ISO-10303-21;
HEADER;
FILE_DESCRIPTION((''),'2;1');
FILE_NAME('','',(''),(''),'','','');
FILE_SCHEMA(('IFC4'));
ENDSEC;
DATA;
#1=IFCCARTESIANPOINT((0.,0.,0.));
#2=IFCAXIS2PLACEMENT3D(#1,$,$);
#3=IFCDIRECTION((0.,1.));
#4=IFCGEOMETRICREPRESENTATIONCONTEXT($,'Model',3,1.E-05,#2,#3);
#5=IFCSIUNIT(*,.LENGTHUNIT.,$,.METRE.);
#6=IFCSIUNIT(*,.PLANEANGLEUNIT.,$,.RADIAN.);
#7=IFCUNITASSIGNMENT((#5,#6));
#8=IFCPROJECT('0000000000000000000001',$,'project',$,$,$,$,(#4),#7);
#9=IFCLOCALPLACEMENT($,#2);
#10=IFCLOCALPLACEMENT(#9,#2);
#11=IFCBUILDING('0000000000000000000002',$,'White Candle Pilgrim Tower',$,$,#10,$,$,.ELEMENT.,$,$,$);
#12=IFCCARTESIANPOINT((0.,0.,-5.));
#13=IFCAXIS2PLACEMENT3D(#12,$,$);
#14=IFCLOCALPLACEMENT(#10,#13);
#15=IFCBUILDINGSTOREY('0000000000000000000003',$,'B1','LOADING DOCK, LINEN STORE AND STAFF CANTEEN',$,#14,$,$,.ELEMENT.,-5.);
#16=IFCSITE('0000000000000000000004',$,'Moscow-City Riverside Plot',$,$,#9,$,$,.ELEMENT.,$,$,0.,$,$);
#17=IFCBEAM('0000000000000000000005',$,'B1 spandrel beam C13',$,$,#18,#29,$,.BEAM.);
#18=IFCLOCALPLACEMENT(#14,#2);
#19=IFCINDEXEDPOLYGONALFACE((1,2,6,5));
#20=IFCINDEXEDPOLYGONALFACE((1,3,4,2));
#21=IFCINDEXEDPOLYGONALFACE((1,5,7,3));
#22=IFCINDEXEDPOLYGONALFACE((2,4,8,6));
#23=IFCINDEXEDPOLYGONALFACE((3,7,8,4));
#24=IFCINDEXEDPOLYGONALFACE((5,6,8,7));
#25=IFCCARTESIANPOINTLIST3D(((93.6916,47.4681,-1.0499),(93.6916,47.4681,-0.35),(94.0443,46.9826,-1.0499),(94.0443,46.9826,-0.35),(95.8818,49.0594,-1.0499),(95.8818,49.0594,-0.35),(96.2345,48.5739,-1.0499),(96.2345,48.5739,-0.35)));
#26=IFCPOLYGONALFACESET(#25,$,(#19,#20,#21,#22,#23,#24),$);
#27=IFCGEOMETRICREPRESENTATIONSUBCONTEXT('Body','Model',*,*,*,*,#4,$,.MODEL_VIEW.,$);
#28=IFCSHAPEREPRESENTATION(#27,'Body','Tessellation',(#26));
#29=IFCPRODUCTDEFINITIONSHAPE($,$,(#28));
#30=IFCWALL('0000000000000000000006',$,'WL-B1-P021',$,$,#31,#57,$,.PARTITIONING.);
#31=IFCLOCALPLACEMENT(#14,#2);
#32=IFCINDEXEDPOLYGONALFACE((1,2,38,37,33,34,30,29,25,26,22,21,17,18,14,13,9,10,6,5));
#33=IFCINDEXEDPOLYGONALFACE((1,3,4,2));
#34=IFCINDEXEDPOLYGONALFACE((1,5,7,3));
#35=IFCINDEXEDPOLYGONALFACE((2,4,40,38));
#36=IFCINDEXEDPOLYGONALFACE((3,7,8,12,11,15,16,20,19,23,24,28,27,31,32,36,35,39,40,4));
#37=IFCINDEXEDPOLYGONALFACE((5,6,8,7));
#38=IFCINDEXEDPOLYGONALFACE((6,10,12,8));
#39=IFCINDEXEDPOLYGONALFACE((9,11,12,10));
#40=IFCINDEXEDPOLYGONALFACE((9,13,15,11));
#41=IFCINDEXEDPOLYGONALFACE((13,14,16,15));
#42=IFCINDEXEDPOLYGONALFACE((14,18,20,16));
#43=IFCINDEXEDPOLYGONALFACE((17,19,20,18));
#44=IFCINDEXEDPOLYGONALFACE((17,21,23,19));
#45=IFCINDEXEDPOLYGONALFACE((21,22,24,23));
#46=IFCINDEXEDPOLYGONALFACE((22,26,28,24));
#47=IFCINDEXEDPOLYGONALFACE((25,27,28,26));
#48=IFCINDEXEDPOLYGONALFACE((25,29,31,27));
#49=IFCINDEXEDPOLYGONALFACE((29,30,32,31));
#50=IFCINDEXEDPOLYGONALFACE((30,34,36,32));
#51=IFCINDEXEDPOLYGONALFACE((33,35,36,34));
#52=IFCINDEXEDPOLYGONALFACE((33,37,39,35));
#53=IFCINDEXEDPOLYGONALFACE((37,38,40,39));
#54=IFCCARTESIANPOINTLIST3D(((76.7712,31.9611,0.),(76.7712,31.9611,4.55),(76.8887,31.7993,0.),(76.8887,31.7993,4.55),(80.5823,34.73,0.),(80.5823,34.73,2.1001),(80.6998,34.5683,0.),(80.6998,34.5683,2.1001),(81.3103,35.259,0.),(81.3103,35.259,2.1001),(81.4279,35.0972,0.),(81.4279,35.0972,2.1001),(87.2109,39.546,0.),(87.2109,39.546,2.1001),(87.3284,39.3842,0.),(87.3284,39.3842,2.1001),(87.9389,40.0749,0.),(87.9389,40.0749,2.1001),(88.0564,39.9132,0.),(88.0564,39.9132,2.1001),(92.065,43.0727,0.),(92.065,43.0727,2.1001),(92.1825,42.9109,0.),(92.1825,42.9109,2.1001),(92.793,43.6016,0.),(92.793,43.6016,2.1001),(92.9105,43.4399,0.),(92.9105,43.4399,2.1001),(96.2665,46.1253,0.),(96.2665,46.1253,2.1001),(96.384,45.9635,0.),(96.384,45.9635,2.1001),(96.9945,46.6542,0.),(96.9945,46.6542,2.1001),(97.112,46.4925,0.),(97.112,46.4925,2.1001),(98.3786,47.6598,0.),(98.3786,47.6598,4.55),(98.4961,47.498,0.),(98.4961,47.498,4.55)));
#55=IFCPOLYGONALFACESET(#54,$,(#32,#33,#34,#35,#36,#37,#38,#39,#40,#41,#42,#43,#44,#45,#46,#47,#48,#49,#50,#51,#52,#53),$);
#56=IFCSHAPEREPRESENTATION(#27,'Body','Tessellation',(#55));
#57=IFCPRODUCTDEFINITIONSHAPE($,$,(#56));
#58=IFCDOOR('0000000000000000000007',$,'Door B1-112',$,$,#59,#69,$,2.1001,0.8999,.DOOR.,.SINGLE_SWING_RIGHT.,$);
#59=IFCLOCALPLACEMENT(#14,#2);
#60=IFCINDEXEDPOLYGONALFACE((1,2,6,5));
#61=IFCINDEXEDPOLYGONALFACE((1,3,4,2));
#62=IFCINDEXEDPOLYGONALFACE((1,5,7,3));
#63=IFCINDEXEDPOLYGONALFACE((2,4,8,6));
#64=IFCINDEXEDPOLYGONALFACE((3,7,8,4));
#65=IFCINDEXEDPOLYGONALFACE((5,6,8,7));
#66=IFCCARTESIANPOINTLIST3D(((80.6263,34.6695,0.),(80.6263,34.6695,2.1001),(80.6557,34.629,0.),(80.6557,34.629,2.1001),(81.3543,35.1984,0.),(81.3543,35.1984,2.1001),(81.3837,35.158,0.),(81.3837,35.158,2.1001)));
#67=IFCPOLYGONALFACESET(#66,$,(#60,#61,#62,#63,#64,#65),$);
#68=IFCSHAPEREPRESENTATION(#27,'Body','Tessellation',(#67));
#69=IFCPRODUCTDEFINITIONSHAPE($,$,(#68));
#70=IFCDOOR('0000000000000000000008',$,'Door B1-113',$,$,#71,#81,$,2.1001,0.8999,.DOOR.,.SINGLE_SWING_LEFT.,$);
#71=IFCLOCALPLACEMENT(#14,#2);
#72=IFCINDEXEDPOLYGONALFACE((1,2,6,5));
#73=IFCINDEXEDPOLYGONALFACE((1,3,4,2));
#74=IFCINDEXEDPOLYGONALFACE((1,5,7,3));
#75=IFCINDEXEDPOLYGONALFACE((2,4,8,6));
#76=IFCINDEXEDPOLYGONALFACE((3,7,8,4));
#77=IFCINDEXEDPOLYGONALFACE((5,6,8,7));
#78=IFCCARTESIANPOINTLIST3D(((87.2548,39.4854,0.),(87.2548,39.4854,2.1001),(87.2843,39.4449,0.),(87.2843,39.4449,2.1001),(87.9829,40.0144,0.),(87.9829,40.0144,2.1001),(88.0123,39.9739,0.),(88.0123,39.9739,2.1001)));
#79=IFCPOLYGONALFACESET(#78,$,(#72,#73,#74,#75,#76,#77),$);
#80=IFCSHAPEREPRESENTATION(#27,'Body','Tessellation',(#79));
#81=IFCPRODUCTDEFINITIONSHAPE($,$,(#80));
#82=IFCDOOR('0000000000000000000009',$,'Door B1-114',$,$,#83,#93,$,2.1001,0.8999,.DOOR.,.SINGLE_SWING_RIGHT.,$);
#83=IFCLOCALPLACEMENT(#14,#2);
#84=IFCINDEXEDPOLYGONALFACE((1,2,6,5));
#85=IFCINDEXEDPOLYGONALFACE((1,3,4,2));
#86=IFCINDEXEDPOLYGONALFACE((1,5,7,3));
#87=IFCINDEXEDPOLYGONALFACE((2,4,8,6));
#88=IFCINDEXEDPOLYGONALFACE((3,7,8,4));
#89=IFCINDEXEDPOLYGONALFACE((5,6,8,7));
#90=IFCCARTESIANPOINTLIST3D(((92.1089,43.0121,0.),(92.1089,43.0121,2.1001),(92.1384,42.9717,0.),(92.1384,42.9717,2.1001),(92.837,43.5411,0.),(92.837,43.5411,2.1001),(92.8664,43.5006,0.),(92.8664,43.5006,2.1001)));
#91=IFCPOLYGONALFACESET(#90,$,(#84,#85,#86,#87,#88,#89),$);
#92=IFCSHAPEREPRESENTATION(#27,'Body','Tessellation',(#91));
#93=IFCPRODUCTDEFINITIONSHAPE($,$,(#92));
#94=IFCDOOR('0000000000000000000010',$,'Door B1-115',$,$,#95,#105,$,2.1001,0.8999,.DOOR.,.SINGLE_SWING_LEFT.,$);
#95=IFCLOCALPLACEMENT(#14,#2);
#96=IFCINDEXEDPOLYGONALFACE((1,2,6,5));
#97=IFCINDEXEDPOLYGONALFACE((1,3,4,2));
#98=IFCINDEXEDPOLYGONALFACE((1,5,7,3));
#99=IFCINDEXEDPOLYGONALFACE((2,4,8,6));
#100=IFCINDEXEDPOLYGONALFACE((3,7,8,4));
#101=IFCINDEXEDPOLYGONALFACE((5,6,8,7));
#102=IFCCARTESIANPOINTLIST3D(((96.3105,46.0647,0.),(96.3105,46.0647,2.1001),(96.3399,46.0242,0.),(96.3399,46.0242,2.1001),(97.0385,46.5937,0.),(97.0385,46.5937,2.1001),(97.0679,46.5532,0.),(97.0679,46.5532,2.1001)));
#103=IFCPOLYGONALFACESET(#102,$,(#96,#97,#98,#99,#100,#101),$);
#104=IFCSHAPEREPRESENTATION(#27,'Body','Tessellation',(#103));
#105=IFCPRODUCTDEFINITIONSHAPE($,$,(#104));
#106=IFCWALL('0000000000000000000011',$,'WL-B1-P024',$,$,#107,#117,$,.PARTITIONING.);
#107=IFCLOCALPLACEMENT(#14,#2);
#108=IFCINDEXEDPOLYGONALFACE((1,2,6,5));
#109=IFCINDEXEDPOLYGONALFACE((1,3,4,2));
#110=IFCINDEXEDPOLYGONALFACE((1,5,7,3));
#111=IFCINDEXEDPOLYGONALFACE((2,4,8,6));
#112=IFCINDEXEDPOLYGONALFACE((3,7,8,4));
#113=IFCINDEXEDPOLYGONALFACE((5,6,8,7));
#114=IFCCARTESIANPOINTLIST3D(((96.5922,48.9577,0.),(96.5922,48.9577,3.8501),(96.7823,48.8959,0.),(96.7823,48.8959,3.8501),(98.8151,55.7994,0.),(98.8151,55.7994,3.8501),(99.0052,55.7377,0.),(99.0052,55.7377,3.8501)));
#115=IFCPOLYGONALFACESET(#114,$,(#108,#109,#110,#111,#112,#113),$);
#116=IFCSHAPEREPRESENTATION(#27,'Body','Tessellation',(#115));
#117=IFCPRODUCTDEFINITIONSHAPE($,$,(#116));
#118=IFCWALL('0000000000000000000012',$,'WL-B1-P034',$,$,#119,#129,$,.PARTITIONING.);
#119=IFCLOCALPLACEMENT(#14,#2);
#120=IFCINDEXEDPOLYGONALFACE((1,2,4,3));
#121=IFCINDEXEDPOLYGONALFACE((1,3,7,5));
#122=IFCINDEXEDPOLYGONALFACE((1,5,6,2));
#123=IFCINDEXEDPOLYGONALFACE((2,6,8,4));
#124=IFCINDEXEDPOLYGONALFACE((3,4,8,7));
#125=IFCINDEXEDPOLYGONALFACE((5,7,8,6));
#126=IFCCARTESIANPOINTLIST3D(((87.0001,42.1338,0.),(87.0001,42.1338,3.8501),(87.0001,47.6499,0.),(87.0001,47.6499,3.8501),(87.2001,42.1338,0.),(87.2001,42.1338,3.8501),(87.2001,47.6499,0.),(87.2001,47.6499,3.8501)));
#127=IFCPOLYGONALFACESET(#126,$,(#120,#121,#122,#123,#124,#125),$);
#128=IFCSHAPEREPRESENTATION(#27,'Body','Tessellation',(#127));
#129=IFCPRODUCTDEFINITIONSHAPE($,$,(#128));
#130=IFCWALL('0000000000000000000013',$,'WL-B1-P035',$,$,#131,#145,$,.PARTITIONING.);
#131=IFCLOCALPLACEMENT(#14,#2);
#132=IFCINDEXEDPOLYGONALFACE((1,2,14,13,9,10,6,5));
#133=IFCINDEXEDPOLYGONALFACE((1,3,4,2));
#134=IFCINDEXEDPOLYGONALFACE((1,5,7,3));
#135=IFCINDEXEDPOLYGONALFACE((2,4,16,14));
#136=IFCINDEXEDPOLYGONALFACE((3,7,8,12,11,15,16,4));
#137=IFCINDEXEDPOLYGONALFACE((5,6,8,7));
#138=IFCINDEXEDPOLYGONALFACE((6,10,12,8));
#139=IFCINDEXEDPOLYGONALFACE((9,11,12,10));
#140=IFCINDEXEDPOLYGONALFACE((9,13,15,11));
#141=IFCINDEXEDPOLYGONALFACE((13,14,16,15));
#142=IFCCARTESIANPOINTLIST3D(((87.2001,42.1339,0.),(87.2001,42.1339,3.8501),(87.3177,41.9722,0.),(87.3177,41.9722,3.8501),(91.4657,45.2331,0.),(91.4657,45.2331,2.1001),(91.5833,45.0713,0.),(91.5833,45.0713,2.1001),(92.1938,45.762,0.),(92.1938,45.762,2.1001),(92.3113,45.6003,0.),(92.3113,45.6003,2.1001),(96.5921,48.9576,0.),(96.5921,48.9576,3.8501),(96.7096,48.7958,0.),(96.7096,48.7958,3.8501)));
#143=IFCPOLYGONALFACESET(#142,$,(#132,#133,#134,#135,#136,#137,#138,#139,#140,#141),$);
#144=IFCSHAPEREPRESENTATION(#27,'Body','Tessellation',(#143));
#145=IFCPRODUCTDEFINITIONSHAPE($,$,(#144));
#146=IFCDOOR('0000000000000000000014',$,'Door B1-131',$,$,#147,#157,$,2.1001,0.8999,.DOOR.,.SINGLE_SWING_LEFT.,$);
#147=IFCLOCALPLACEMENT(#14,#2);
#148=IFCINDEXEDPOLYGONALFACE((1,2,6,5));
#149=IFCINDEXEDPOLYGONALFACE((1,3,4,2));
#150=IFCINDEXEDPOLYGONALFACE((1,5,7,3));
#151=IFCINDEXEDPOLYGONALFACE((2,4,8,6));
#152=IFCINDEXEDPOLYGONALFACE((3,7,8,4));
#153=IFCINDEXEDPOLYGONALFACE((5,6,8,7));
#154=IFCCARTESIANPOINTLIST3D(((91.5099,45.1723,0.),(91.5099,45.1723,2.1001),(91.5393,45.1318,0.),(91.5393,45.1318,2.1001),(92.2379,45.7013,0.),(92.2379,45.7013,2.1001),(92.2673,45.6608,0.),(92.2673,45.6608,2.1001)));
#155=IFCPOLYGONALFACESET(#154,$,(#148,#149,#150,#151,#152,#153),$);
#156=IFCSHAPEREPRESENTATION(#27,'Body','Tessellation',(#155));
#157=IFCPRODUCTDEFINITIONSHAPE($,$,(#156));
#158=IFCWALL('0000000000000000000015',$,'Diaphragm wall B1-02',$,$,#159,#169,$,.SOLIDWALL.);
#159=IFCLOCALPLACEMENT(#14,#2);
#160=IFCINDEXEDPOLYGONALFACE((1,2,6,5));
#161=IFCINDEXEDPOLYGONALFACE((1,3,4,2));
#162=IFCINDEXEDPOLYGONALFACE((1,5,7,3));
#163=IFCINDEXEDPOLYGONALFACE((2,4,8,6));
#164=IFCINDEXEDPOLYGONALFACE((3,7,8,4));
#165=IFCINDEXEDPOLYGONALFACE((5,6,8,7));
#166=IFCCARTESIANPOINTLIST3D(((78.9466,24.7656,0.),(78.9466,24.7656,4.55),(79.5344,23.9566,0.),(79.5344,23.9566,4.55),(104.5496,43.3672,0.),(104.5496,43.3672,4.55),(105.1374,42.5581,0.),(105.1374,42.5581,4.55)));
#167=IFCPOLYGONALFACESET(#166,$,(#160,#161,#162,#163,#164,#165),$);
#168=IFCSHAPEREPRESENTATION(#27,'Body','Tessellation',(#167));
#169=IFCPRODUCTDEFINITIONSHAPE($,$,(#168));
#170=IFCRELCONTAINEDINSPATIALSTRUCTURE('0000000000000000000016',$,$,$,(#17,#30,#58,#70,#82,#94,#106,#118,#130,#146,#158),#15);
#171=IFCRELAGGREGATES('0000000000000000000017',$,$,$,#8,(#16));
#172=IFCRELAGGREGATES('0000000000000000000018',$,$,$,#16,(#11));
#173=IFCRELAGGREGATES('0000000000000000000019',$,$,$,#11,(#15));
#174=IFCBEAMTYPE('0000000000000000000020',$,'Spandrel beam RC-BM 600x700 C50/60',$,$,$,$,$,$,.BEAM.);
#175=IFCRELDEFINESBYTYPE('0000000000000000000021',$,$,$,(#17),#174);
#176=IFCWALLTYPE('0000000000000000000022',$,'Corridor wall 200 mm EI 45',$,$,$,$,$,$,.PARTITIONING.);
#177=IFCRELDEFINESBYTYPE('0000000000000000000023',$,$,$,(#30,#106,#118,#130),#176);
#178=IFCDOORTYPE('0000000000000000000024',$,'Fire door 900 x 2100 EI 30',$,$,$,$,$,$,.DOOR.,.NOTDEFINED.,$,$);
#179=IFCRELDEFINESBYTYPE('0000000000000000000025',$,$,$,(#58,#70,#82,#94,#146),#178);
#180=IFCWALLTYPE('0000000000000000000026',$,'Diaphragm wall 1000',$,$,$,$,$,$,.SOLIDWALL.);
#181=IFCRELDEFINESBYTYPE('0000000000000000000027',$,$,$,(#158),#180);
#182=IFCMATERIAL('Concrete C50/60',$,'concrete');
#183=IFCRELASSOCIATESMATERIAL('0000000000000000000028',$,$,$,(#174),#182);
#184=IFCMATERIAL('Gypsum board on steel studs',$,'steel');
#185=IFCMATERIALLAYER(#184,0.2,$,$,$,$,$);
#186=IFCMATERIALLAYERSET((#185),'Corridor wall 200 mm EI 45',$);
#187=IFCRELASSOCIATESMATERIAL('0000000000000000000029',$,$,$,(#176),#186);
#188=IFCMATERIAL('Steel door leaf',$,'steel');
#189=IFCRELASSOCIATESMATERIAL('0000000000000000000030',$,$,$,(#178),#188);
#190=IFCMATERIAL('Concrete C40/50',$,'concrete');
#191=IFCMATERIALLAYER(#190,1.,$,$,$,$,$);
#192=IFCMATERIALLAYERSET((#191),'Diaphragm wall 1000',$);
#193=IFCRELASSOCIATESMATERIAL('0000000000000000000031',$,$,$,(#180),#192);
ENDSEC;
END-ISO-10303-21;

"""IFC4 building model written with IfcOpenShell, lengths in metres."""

from ifc_helpers import new_model, si_unit, direction, frame, frame_2d, origin, origin_2d, place, context, subcontext, project, spatial, rectangle, extrude, material, layer, layer_set, material_profile, profile_set, type_object, element, fill, save


model = new_model("IFC4")

# Units and contexts
model_context = context("Model", 3, precision=1e-05, world=origin(), true_north=direction((0.0, 1.0)))
body_context = subcontext(model_context, "Body", "Model", "MODEL_VIEW")
ifc_project = project(units=[si_unit("LENGTHUNIT", "METRE"), si_unit("PLANEANGLEUNIT", "RADIAN")], contexts=[model_context])

# Site, building, storey
site_placement = place(None, origin())
site = spatial("IfcSite", under=ifc_project, at=site_placement, Name="Moscow-City Riverside Plot", CompositionType="ELEMENT", RefElevation=0.0)
building_placement = place(site_placement, origin())
building = spatial("IfcBuilding", under=site, at=building_placement, Name="White Candle Pilgrim Tower", CompositionType="ELEMENT")
storey_placement = place(building_placement, frame((0.0, 0.0, -5.0)))
storey = spatial("IfcBuildingStorey", under=building, at=storey_placement, Name="B1", Description="LOADING DOCK, LINEN STORE AND STAFF CANTEEN", CompositionType="ELEMENT", Elevation=-5.0)

# Beam
ifc_material_1 = material(Name="Concrete C50/60", Category="concrete")
ifc_material_profile_1 = material_profile(ifc_material_1, rectangle(XDim=0.6001, YDim=0.7, at=origin_2d()), Name="RC-BM 600x700")
ifc_profile_set_1 = profile_set([ifc_material_profile_1], Name="Concrete C50/60")
beam_type = type_object("IfcBeamType", Name="Spandrel beam RC-BM 600x700 C50/60", PredefinedType="BEAM", material=ifc_profile_set_1)
beam_1_placement = place(storey_placement, frame((93.8679, 47.2253, -0.7), z_axis=(0.809009, 0.587796, 0.0), x_axis=(-0.587796, 0.809009, 0.0)))
element("IfcBeam", 1, at=beam_1_placement, inside=storey, type_object=beam_type, Name="B1 spandrel beam C13", PredefinedType="BEAM", context=body_context, shape_type="SweptSolid", body=[
    extrude(rectangle(XDim=0.6001, YDim=0.7, at=origin_2d()), origin(), (0.0, 0.0, 1.0), 2.7073),
])

# Wall, openings, doors
ifc_material_2 = material(Name="Gypsum board on steel studs", Category="steel")
ifc_layer_1 = layer(ifc_material_2, 0.2)
ifc_layer_set_1 = layer_set([ifc_layer_1], Name="Corridor wall 200 mm EI 45")
wall_type_1 = type_object("IfcWallType", Name="Corridor wall 200 mm EI 45", PredefinedType="PARTITIONING", material=ifc_layer_set_1)
wall_1_placement = place(storey_placement, frame((98.4373, 47.5789, 0.0), z_axis=(0.0, 0.0, 1.0), x_axis=(-0.809017, -0.587786, 0.0)))
wall_1 = element("IfcWall", 2, at=wall_1_placement, inside=storey, type_object=wall_type_1, Name="WL-B1-P021", PredefinedType="PARTITIONING", context=body_context, shape_type="SweptSolid", body=[
    extrude(rectangle(XDim=26.7083, YDim=0.2, at=frame_2d((13.354, 0.0))), origin(), (0.0, 0.0, 1.0), 4.55),
])
opening_1_placement = place(wall_1_placement, frame((21.0974, 0.0, 0.0)))
opening_1 = element("IfcOpeningElement", 3, at=opening_1_placement, cuts=wall_1, PredefinedType="OPENING", context=body_context, shape_type="SweptSolid", body=[
    extrude(rectangle(XDim=0.8999, YDim=2.1001, at=frame_2d((0.45, 1.05))), frame((0.0, 0.1099, 0.0), z_axis=(0.0, -1.0, 0.0), x_axis=(1.0, 0.0, 0.0)), (0.0, 0.0, 1.0), 0.22),
])
opening_2_placement = place(wall_1_placement, frame((12.9041, 0.0, 0.0)))
opening_2 = element("IfcOpeningElement", 4, at=opening_2_placement, cuts=wall_1, PredefinedType="OPENING", context=body_context, shape_type="SweptSolid", body=[
    extrude(rectangle(XDim=0.8999, YDim=2.1001, at=frame_2d((0.45, 1.05))), frame((0.0, 0.1099, 0.0), z_axis=(0.0, -1.0, 0.0), x_axis=(1.0, 0.0, 0.0)), (0.0, 0.0, 1.0), 0.22),
])
opening_3_placement = place(wall_1_placement, frame((6.9041, 0.0, 0.0)))
opening_3 = element("IfcOpeningElement", 5, at=opening_3_placement, cuts=wall_1, PredefinedType="OPENING", context=body_context, shape_type="SweptSolid", body=[
    extrude(rectangle(XDim=0.8999, YDim=2.1001, at=frame_2d((0.45, 1.05))), frame((0.0, 0.1099, 0.0), z_axis=(0.0, -1.0, 0.0), x_axis=(1.0, 0.0, 0.0)), (0.0, 0.0, 1.0), 0.22),
])
opening_4_placement = place(wall_1_placement, frame((1.7107, 0.0, 0.0)))
opening_4 = element("IfcOpeningElement", 6, at=opening_4_placement, cuts=wall_1, PredefinedType="OPENING", context=body_context, shape_type="SweptSolid", body=[
    extrude(rectangle(XDim=0.8999, YDim=2.1001, at=frame_2d((0.45, 1.05))), frame((0.0, 0.1099, 0.0), z_axis=(0.0, -1.0, 0.0), x_axis=(1.0, 0.0, 0.0)), (0.0, 0.0, 1.0), 0.22),
])
ifc_material_3 = material(Name="Steel door leaf", Category="steel")
door_type = type_object("IfcDoorType", Name="Fire door 900 x 2100 EI 30", OperationType="NOTDEFINED", PredefinedType="DOOR", material=ifc_material_3)
door_1_placement = place(opening_1_placement, origin())
door_1 = element("IfcDoor", 7, at=door_1_placement, inside=storey, type_object=door_type, Name="Door B1-112", OperationType="SINGLE_SWING_RIGHT", OverallHeight=2.1001, OverallWidth=0.8999, PredefinedType="DOOR", context=body_context, shape_type="SweptSolid", body=[
    extrude(rectangle(XDim=0.8999, YDim=2.1001, at=frame_2d((0.45, 1.05))), frame((0.0, 0.0249, 0.0), z_axis=(0.0, -1.0, 0.0), x_axis=(1.0, 0.0, 0.0)), (0.0, 0.0, 1.0), 0.05),
])
fill(opening_1, door_1)
door_2_placement = place(opening_2_placement, origin())
door_2 = element("IfcDoor", 8, at=door_2_placement, inside=storey, type_object=door_type, Name="Door B1-113", OperationType="SINGLE_SWING_LEFT", OverallHeight=2.1001, OverallWidth=0.8999, PredefinedType="DOOR", context=body_context, shape_type="SweptSolid", body=[
    extrude(rectangle(XDim=0.8999, YDim=2.1001, at=frame_2d((0.45, 1.05))), frame((0.0, 0.0249, 0.0), z_axis=(0.0, -1.0, 0.0), x_axis=(1.0, 0.0, 0.0)), (0.0, 0.0, 1.0), 0.05),
])
fill(opening_2, door_2)
door_3_placement = place(opening_3_placement, origin())
door_3 = element("IfcDoor", 9, at=door_3_placement, inside=storey, type_object=door_type, Name="Door B1-114", OperationType="SINGLE_SWING_RIGHT", OverallHeight=2.1001, OverallWidth=0.8999, PredefinedType="DOOR", context=body_context, shape_type="SweptSolid", body=[
    extrude(rectangle(XDim=0.8999, YDim=2.1001, at=frame_2d((0.45, 1.05))), frame((0.0, 0.0249, 0.0), z_axis=(0.0, -1.0, 0.0), x_axis=(1.0, 0.0, 0.0)), (0.0, 0.0, 1.0), 0.05),
])
fill(opening_3, door_3)
door_4_placement = place(opening_4_placement, origin())
door_4 = element("IfcDoor", 10, at=door_4_placement, inside=storey, type_object=door_type, Name="Door B1-115", OperationType="SINGLE_SWING_LEFT", OverallHeight=2.1001, OverallWidth=0.8999, PredefinedType="DOOR", context=body_context, shape_type="SweptSolid", body=[
    extrude(rectangle(XDim=0.8999, YDim=2.1001, at=frame_2d((0.45, 1.05))), frame((0.0, 0.0249, 0.0), z_axis=(0.0, -1.0, 0.0), x_axis=(1.0, 0.0, 0.0)), (0.0, 0.0, 1.0), 0.05),
])
fill(opening_4, door_4)

# Walls
wall_2_placement = place(storey_placement, frame((96.6873, 48.9268, 0.0), z_axis=(0.0, 0.0, 1.0), x_axis=(0.309, 0.951062, 0.0)))
element("IfcWall", 11, at=wall_2_placement, inside=storey, type_object=wall_type_1, Name="WL-B1-P024", PredefinedType="PARTITIONING", context=body_context, shape_type="SweptSolid", body=[
    extrude(rectangle(XDim=7.1938, YDim=0.2, at=frame_2d((3.5969, 0.0))), origin(), (0.0, 0.0, 1.0), 3.8501),
])
wall_3_placement = place(storey_placement, frame((87.1001, 47.6499, 0.0), z_axis=(0.0, 0.0, 1.0), x_axis=(0.0, -1.0, 0.0)))
element("IfcWall", 12, at=wall_3_placement, inside=storey, type_object=wall_type_1, Name="WL-B1-P034", PredefinedType="PARTITIONING", context=body_context, shape_type="SweptSolid", body=[
    extrude(rectangle(XDim=5.5161, YDim=0.2, at=frame_2d((2.7581, 0.0))), origin(), (0.0, 0.0, 1.0), 3.8501),
])

# Wall, opening, door
wall_4_placement = place(storey_placement, frame((87.2588, 42.053, 0.0), z_axis=(0.0, 0.0, 1.0), x_axis=(0.809018, 0.587784, 0.0)))
wall_4 = element("IfcWall", 13, at=wall_4_placement, inside=storey, type_object=wall_type_1, Name="WL-B1-P035", PredefinedType="PARTITIONING", context=body_context, shape_type="SweptSolid", body=[
    extrude(rectangle(XDim=11.6091, YDim=0.2, at=frame_2d((5.8047, 0.0))), origin(), (0.0, 0.0, 1.0), 3.8501),
])
opening_5_placement = place(wall_4_placement, frame((5.2727, 0.0, 0.0)))
opening_5 = element("IfcOpeningElement", 14, at=opening_5_placement, cuts=wall_4, PredefinedType="OPENING", context=body_context, shape_type="SweptSolid", body=[
    extrude(rectangle(XDim=0.8999, YDim=2.1001, at=frame_2d((0.45, 1.05))), frame((0.0, 0.1099, 0.0), z_axis=(0.0, -1.0, 0.0), x_axis=(1.0, 0.0, 0.0)), (0.0, 0.0, 1.0), 0.22),
])
door_5_placement = place(opening_5_placement, origin())
door_5 = element("IfcDoor", 15, at=door_5_placement, inside=storey, type_object=door_type, Name="Door B1-131", OperationType="SINGLE_SWING_LEFT", OverallHeight=2.1001, OverallWidth=0.8999, PredefinedType="DOOR", context=body_context, shape_type="SweptSolid", body=[
    extrude(rectangle(XDim=0.8999, YDim=2.1001, at=frame_2d((0.45, 1.05))), frame((0.0, 0.0249, 0.0), z_axis=(0.0, -1.0, 0.0), x_axis=(1.0, 0.0, 0.0)), (0.0, 0.0, 1.0), 0.05),
])
fill(opening_5, door_5)

# Wall
ifc_material_4 = material(Name="Concrete C40/50", Category="concrete")
ifc_layer_2 = layer(ifc_material_4, 1.0)
ifc_layer_set_2 = layer_set([ifc_layer_2], Name="Diaphragm wall 1000")
wall_type_2 = type_object("IfcWallType", Name="Diaphragm wall 1000", PredefinedType="SOLIDWALL", material=ifc_layer_set_2)
wall_5_placement = place(storey_placement, frame((104.8435, 42.9626, 0.0), z_axis=(0.0, 0.0, 1.0), x_axis=(-0.809019, -0.587783, 0.0)))
element("IfcWall", 16, at=wall_5_placement, inside=storey, type_object=wall_type_2, Name="Diaphragm wall B1-02", PredefinedType="SOLIDWALL", context=body_context, shape_type="SweptSolid", body=[
    extrude(rectangle(XDim=31.647, YDim=1.0, at=frame_2d((15.8235, 0.0))), origin(), (0.0, 0.0, 1.0), 4.55),
])

save(model, "model.ifc")
